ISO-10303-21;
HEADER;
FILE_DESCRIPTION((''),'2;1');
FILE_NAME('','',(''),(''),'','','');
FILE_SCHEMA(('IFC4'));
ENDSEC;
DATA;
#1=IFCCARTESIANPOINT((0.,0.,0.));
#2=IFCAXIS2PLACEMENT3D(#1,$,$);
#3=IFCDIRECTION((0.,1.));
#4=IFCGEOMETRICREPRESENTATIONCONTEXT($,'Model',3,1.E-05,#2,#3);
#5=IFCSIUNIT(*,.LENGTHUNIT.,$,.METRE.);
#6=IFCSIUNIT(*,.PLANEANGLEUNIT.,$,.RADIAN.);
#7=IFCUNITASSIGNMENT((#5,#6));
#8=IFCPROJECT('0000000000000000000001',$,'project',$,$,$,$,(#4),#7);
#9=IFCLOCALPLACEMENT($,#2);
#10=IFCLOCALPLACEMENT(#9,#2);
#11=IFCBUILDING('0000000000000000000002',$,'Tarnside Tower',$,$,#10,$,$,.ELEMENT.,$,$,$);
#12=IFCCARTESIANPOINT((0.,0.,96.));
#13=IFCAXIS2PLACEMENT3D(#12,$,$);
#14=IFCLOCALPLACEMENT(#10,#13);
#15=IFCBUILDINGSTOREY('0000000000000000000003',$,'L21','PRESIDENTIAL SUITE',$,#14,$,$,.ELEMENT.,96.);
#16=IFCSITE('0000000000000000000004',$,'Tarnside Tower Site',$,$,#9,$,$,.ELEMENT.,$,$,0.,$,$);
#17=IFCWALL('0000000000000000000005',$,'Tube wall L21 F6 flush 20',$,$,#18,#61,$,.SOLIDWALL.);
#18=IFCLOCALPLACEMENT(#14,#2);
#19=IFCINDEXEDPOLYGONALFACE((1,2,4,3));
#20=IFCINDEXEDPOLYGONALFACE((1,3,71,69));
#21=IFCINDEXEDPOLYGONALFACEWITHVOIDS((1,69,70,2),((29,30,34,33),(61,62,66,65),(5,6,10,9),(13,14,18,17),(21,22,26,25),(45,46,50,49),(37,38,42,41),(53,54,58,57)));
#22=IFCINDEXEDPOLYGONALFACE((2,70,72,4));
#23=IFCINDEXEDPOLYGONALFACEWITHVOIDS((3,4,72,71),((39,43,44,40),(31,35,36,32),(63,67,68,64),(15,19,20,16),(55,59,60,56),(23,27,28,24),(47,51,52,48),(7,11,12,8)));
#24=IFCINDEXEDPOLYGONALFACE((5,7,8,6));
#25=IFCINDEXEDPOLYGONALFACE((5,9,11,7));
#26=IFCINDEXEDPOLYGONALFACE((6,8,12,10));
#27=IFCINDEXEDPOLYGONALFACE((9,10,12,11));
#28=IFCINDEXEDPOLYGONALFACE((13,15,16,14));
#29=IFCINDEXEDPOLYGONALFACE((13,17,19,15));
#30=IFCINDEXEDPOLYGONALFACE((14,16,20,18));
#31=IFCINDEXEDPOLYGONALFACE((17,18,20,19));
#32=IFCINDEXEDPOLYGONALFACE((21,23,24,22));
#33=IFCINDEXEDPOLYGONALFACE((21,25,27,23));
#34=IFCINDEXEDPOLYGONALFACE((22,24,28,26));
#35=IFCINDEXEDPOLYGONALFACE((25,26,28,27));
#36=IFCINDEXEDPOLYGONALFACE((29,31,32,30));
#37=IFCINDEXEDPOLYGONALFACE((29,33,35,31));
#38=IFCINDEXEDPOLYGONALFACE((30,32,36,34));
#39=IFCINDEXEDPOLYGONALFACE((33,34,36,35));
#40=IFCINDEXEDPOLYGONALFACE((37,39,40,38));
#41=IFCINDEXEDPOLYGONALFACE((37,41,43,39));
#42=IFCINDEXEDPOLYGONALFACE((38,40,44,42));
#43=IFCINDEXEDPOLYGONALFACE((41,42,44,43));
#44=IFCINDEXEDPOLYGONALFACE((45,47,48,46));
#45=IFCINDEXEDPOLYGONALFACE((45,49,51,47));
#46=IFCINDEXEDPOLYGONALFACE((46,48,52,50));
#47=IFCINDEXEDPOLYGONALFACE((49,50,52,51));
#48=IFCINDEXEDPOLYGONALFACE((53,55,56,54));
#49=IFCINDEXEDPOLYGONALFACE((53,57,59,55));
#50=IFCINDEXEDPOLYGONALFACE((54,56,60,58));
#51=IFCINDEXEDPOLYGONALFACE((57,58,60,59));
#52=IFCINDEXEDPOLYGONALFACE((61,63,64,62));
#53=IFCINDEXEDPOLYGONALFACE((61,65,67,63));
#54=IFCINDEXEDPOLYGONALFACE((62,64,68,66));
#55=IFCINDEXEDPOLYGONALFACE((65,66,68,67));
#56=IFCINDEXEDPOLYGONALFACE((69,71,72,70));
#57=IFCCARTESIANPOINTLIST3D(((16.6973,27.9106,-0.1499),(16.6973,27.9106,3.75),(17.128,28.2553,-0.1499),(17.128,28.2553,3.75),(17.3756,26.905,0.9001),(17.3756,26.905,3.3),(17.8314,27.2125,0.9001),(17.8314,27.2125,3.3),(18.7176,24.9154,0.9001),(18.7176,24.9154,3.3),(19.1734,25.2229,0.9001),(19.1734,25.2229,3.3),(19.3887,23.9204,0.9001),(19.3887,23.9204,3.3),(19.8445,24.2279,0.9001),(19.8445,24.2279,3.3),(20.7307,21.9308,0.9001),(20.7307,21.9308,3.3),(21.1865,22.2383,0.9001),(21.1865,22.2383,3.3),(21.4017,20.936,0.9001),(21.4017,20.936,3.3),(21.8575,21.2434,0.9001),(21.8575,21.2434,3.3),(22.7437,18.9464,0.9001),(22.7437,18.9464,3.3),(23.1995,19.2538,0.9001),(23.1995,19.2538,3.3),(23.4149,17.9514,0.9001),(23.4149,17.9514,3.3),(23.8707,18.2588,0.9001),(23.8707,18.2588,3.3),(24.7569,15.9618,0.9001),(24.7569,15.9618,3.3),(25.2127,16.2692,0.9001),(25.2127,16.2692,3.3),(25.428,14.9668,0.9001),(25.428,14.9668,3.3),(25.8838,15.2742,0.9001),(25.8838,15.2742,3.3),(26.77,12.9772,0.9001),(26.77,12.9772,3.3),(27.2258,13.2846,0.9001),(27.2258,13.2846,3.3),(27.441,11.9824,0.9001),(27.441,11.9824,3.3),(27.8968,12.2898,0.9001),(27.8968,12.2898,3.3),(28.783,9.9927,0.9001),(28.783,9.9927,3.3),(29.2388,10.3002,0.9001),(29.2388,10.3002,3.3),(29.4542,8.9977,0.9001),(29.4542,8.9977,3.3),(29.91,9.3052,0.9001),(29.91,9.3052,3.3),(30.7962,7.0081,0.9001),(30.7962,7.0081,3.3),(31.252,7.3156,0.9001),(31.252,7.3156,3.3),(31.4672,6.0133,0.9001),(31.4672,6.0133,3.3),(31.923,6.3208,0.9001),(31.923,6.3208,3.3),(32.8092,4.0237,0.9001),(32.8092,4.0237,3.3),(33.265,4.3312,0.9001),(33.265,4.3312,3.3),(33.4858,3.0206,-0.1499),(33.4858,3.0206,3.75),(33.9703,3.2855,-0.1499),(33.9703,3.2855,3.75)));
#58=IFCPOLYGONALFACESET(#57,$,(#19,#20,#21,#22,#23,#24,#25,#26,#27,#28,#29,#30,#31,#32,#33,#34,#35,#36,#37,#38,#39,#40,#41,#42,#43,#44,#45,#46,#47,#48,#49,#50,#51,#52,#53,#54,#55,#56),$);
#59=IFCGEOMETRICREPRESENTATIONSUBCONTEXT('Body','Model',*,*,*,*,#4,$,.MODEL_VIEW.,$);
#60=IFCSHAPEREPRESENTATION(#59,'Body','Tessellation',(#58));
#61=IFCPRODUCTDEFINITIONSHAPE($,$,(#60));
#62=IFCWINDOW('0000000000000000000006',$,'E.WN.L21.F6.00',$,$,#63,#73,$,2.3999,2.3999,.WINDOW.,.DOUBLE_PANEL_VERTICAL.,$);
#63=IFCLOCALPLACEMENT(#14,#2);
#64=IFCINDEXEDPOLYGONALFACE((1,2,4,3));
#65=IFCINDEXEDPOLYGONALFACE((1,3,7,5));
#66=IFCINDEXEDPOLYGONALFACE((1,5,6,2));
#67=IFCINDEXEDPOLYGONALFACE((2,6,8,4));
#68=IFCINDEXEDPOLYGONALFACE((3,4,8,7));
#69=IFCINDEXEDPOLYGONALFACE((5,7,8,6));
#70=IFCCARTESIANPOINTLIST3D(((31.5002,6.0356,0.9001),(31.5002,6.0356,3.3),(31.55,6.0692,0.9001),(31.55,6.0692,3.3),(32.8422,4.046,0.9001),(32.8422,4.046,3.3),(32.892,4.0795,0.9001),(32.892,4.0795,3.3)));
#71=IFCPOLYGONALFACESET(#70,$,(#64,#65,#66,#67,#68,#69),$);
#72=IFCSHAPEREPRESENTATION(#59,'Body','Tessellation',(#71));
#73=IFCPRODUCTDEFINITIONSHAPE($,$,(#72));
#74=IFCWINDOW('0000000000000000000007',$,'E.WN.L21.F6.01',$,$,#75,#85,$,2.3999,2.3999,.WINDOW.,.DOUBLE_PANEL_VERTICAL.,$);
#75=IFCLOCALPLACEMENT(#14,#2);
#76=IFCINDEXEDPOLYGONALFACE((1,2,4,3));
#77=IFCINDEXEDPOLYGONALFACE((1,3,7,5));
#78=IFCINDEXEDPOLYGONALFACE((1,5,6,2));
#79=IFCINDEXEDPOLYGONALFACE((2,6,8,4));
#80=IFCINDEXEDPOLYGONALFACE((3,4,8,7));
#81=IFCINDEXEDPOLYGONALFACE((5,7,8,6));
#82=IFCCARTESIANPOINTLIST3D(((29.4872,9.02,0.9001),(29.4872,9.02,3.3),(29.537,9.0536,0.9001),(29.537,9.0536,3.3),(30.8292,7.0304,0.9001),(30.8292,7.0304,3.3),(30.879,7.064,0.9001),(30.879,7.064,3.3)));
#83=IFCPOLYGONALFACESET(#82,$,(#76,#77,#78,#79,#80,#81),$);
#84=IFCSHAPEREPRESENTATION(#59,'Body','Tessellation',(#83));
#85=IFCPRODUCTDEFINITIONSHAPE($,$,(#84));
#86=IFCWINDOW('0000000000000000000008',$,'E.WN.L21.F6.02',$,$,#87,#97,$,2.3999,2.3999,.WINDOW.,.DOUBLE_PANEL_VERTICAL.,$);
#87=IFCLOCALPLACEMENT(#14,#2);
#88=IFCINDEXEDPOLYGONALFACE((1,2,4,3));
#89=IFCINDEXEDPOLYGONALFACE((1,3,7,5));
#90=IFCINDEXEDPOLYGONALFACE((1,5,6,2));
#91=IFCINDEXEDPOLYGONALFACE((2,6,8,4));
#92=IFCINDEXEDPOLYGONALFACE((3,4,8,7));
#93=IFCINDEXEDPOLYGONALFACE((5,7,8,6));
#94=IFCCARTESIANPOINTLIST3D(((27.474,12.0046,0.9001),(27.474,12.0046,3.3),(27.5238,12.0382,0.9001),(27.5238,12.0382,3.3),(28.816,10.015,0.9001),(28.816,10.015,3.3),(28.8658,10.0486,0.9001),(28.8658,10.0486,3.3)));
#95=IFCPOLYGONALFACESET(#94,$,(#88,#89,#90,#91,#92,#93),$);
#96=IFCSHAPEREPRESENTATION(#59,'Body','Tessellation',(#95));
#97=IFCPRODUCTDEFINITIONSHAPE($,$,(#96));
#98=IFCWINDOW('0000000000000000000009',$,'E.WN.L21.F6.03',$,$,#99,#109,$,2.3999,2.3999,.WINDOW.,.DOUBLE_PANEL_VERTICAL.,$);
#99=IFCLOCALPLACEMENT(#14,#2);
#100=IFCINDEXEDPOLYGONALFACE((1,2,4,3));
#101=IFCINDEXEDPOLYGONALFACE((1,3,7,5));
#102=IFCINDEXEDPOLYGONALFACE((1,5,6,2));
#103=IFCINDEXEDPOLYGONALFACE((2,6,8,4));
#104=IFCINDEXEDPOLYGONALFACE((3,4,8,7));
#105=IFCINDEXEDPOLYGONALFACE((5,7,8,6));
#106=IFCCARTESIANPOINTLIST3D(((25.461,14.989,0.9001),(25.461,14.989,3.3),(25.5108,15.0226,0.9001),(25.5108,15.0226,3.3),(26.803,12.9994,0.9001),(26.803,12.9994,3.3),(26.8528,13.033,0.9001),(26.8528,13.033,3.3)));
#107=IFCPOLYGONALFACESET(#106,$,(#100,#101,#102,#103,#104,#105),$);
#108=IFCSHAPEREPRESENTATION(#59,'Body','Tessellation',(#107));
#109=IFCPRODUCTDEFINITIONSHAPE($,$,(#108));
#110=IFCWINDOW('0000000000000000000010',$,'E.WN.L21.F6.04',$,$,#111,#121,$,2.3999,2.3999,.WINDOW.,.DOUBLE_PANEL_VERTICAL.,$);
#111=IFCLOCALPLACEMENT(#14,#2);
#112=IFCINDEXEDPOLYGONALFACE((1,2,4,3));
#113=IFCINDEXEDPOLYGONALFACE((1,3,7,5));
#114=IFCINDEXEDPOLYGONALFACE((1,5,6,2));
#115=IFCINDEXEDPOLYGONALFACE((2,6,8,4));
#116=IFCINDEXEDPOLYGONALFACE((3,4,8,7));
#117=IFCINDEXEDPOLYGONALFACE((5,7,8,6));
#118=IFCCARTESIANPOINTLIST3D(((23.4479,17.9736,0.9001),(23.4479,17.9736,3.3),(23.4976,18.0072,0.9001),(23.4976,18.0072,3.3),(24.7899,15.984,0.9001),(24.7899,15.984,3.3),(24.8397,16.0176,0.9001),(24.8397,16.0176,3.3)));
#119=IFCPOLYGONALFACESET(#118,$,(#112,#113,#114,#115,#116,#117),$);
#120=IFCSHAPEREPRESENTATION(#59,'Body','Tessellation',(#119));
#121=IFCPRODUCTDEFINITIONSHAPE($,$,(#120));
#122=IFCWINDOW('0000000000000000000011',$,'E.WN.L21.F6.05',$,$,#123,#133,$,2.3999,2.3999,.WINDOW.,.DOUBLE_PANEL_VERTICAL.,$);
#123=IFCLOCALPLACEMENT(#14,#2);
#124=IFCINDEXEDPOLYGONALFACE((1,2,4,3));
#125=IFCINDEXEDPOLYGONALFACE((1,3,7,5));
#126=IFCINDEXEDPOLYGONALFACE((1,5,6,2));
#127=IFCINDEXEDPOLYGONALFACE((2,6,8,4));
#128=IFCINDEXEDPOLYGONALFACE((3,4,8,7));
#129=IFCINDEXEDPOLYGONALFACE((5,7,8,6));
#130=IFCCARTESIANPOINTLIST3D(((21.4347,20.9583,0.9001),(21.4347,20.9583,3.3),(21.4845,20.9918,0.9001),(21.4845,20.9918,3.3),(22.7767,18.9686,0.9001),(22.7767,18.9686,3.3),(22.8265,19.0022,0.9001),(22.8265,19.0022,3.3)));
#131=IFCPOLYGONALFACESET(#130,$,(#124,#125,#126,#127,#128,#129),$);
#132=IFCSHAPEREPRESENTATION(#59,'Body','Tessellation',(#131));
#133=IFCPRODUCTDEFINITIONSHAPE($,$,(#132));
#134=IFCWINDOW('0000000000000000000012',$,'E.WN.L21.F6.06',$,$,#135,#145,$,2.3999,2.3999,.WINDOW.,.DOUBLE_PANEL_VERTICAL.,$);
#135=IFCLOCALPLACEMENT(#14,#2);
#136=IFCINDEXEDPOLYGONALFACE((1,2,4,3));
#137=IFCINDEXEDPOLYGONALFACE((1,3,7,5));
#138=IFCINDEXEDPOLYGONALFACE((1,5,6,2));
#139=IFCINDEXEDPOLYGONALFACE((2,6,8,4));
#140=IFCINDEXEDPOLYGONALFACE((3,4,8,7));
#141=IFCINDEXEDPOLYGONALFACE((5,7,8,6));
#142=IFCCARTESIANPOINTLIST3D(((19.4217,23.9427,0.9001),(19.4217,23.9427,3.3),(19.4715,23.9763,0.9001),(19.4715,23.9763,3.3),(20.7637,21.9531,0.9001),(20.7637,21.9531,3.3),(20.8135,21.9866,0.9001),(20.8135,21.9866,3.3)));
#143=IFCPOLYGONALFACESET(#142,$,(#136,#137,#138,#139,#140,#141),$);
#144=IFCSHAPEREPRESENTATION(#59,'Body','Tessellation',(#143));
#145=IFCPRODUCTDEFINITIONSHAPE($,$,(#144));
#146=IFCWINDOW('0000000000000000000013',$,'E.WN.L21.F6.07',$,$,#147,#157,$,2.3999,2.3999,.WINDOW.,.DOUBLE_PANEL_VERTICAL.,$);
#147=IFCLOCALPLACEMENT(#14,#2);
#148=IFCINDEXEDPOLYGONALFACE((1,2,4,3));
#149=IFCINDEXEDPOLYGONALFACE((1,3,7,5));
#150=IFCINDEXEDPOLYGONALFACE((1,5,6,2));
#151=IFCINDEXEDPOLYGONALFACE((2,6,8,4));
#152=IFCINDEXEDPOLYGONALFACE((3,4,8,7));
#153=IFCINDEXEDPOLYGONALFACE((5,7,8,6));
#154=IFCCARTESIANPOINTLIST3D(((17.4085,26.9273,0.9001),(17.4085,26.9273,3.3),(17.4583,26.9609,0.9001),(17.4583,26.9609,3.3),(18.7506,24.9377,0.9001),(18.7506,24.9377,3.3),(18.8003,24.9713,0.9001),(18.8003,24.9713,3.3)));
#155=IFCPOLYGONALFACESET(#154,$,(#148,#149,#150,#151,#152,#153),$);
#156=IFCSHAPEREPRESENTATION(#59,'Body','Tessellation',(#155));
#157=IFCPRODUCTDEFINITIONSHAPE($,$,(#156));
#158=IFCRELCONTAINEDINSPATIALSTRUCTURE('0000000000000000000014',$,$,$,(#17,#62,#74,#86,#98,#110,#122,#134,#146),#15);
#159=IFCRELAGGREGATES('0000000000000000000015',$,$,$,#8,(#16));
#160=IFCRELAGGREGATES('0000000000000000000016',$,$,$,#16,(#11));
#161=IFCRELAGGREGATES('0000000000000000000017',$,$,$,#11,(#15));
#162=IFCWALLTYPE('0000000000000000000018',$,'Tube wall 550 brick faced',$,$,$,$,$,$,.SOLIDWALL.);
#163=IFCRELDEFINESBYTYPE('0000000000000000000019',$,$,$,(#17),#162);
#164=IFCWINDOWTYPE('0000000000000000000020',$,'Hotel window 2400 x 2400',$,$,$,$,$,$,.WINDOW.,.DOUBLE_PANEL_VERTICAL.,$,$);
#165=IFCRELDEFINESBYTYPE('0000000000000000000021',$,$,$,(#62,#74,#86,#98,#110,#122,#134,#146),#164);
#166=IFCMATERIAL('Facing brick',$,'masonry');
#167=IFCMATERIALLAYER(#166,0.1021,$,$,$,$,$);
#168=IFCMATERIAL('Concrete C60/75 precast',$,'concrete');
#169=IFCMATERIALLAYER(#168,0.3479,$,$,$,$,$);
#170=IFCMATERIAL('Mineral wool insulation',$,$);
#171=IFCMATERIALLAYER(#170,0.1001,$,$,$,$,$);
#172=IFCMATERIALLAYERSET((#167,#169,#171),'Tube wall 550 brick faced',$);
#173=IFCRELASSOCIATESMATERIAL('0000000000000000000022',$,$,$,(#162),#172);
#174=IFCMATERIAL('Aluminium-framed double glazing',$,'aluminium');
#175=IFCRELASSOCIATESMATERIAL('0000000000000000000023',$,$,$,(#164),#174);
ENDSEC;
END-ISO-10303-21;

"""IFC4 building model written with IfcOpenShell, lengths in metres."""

from ifc_helpers import new_model, si_unit, direction, frame, frame_2d, origin, place, context, subcontext, project, spatial, polyline, rectangle, outline, extrude, material, layer, layer_set, type_object, element, fill, save


model = new_model("IFC4")

# Units and contexts
model_context = context("Model", 3, precision=1e-05, world=origin(), true_north=direction((0.0, 1.0)))
body_context = subcontext(model_context, "Body", "Model", "MODEL_VIEW")
ifc_project = project(units=[si_unit("LENGTHUNIT", "METRE"), si_unit("PLANEANGLEUNIT", "RADIAN")], contexts=[model_context])

# Site, building, storey
site_placement = place(None, origin())
site = spatial("IfcSite", under=ifc_project, at=site_placement, Name="Tarnside Tower Site", CompositionType="ELEMENT", RefElevation=0.0)
building_placement = place(site_placement, origin())
building = spatial("IfcBuilding", under=site, at=building_placement, Name="Tarnside Tower", CompositionType="ELEMENT")
storey_placement = place(building_placement, frame((0.0, 0.0, 96.0)))
storey = spatial("IfcBuildingStorey", under=building, at=storey_placement, Name="L21", Description="PRESIDENTIAL SUITE", CompositionType="ELEMENT", Elevation=96.0)

# Shared definitions
ifc_material_1 = material(Name="Facing brick", Category="masonry")
ifc_layer_1 = layer(ifc_material_1, 0.1021)
ifc_material_2 = material(Name="Concrete C60/75 precast", Category="concrete")
ifc_layer_2 = layer(ifc_material_2, 0.3479)
ifc_material_3 = material(Name="Mineral wool insulation")
ifc_layer_3 = layer(ifc_material_3, 0.1001)
ifc_layer_set_1 = layer_set([ifc_layer_1, ifc_layer_2, ifc_layer_3], Name="Tube wall 550 brick faced")
wall_type_1 = type_object("IfcWallType", Name="Tube wall 550 brick faced", PredefinedType="SOLIDWALL", material=ifc_layer_set_1)

# Wall, openings, windows
wall_1_placement = place(storey_placement, frame((33.728, 3.1531, -0.1499), z_axis=(0.0, 0.0, 1.0), x_axis=(-0.559192, 0.829038, 0.0)))
wall_1 = element("IfcWall", 1, at=wall_1_placement, inside=storey, type_object=wall_type_1, Name="Tube wall L21 F6 flush 20", PredefinedType="SOLIDWALL", context=body_context, shape_type="SweptSolid", body=[
    extrude(outline(polyline([(-0.0256, -0.2749), (30.0933, -0.2749), (30.0483, 0.2749), (0.0256, 0.2749), (-0.0256, -0.2749)])), origin(), (0.0, 0.0, 1.0), 3.8999),
])
opening_1_placement = place(wall_1_placement, frame((1.2356, 0.0, 1.05)))
opening_1 = element("IfcOpeningElement", 2, at=opening_1_placement, cuts=wall_1, PredefinedType="OPENING", context=body_context, shape_type="SweptSolid", body=[
    extrude(rectangle(XDim=2.3999, YDim=2.3999, at=frame_2d((1.2, 1.2))), frame((0.0, 0.2852, 0.0), z_axis=(0.0, -1.0, 0.0), x_axis=(1.0, 0.0, 0.0)), (0.0, 0.0, 1.0), 0.5701),
])
opening_2_placement = place(wall_1_placement, frame((4.8354, 0.0, 1.05)))
opening_2 = element("IfcOpeningElement", 3, at=opening_2_placement, cuts=wall_1, PredefinedType="OPENING", context=body_context, shape_type="SweptSolid", body=[
    extrude(rectangle(XDim=2.3999, YDim=2.3999, at=frame_2d((1.2, 1.2))), frame((0.0, 0.2852, 0.0), z_axis=(0.0, -1.0, 0.0), x_axis=(1.0, 0.0, 0.0)), (0.0, 0.0, 1.0), 0.5701),
])
opening_3_placement = place(wall_1_placement, frame((8.4355, 0.0, 1.05)))
opening_3 = element("IfcOpeningElement", 4, at=opening_3_placement, cuts=wall_1, PredefinedType="OPENING", context=body_context, shape_type="SweptSolid", body=[
    extrude(rectangle(XDim=2.3999, YDim=2.3999, at=frame_2d((1.2, 1.2))), frame((0.0, 0.2852, 0.0), z_axis=(0.0, -1.0, 0.0), x_axis=(1.0, 0.0, 0.0)), (0.0, 0.0, 1.0), 0.5701),
])
opening_4_placement = place(wall_1_placement, frame((12.0354, 0.0, 1.05)))
opening_4 = element("IfcOpeningElement", 5, at=opening_4_placement, cuts=wall_1, PredefinedType="OPENING", context=body_context, shape_type="SweptSolid", body=[
    extrude(rectangle(XDim=2.3999, YDim=2.3999, at=frame_2d((1.2, 1.2))), frame((0.0, 0.2852, 0.0), z_axis=(0.0, -1.0, 0.0), x_axis=(1.0, 0.0, 0.0)), (0.0, 0.0, 1.0), 0.5701),
])
opening_5_placement = place(wall_1_placement, frame((15.6355, 0.0, 1.05)))
opening_5 = element("IfcOpeningElement", 6, at=opening_5_placement, cuts=wall_1, PredefinedType="OPENING", context=body_context, shape_type="SweptSolid", body=[
    extrude(rectangle(XDim=2.3999, YDim=2.3999, at=frame_2d((1.2, 1.2))), frame((0.0, 0.2852, 0.0), z_axis=(0.0, -1.0, 0.0), x_axis=(1.0, 0.0, 0.0)), (0.0, 0.0, 1.0), 0.5701),
])
opening_6_placement = place(wall_1_placement, frame((19.2356, 0.0, 1.05)))
opening_6 = element("IfcOpeningElement", 7, at=opening_6_placement, cuts=wall_1, PredefinedType="OPENING", context=body_context, shape_type="SweptSolid", body=[
    extrude(rectangle(XDim=2.3999, YDim=2.3999, at=frame_2d((1.2, 1.2))), frame((0.0, 0.2852, 0.0), z_axis=(0.0, -1.0, 0.0), x_axis=(1.0, 0.0, 0.0)), (0.0, 0.0, 1.0), 0.5701),
])
opening_7_placement = place(wall_1_placement, frame((22.8354, 0.0, 1.05)))
opening_7 = element("IfcOpeningElement", 8, at=opening_7_placement, cuts=wall_1, PredefinedType="OPENING", context=body_context, shape_type="SweptSolid", body=[
    extrude(rectangle(XDim=2.3999, YDim=2.3999, at=frame_2d((1.2, 1.2))), frame((0.0, 0.2852, 0.0), z_axis=(0.0, -1.0, 0.0), x_axis=(1.0, 0.0, 0.0)), (0.0, 0.0, 1.0), 0.5701),
])
opening_8_placement = place(wall_1_placement, frame((26.4355, 0.0, 1.05)))
opening_8 = element("IfcOpeningElement", 9, at=opening_8_placement, cuts=wall_1, PredefinedType="OPENING", context=body_context, shape_type="SweptSolid", body=[
    extrude(rectangle(XDim=2.3999, YDim=2.3999, at=frame_2d((1.2, 1.2))), frame((0.0, 0.2852, 0.0), z_axis=(0.0, -1.0, 0.0), x_axis=(1.0, 0.0, 0.0)), (0.0, 0.0, 1.0), 0.5701),
])
ifc_material_4 = material(Name="Aluminium-framed double glazing", Category="aluminium")
window_type = type_object("IfcWindowType", Name="Hotel window 2400 x 2400", PartitioningType="DOUBLE_PANEL_VERTICAL", PredefinedType="WINDOW", material=ifc_material_4)
window_1_placement = place(opening_1_placement, frame((0.0, 0.2051, 0.0)))
window_1 = element("IfcWindow", 10, at=window_1_placement, inside=storey, type_object=window_type, Name="E.WN.L21.F6.00", OverallHeight=2.3999, OverallWidth=2.3999, PartitioningType="DOUBLE_PANEL_VERTICAL", PredefinedType="WINDOW", context=body_context, shape_type="SweptSolid", body=[
    extrude(rectangle(XDim=2.3999, YDim=2.3999, at=frame_2d((1.2, 1.2))), frame((0.0, 0.03, 0.0), z_axis=(0.0, -1.0, 0.0), x_axis=(1.0, 0.0, 0.0)), (0.0, 0.0, 1.0), 0.0601),
])
fill(opening_1, window_1)
window_2_placement = place(opening_2_placement, frame((0.0, 0.2051, 0.0)))
window_2 = element("IfcWindow", 11, at=window_2_placement, inside=storey, type_object=window_type, Name="E.WN.L21.F6.01", OverallHeight=2.3999, OverallWidth=2.3999, PartitioningType="DOUBLE_PANEL_VERTICAL", PredefinedType="WINDOW", context=body_context, shape_type="SweptSolid", body=[
    extrude(rectangle(XDim=2.3999, YDim=2.3999, at=frame_2d((1.2, 1.2))), frame((0.0, 0.03, 0.0), z_axis=(0.0, -1.0, 0.0), x_axis=(1.0, 0.0, 0.0)), (0.0, 0.0, 1.0), 0.0601),
])
fill(opening_2, window_2)
window_3_placement = place(opening_3_placement, frame((0.0, 0.2051, 0.0)))
window_3 = element("IfcWindow", 12, at=window_3_placement, inside=storey, type_object=window_type, Name="E.WN.L21.F6.02", OverallHeight=2.3999, OverallWidth=2.3999, PartitioningType="DOUBLE_PANEL_VERTICAL", PredefinedType="WINDOW", context=body_context, shape_type="SweptSolid", body=[
    extrude(rectangle(XDim=2.3999, YDim=2.3999, at=frame_2d((1.2, 1.2))), frame((0.0, 0.03, 0.0), z_axis=(0.0, -1.0, 0.0), x_axis=(1.0, 0.0, 0.0)), (0.0, 0.0, 1.0), 0.0601),
])
fill(opening_3, window_3)
window_4_placement = place(opening_4_placement, frame((0.0, 0.2051, 0.0)))
window_4 = element("IfcWindow", 13, at=window_4_placement, inside=storey, type_object=window_type, Name="E.WN.L21.F6.03", OverallHeight=2.3999, OverallWidth=2.3999, PartitioningType="DOUBLE_PANEL_VERTICAL", PredefinedType="WINDOW", context=body_context, shape_type="SweptSolid", body=[
    extrude(rectangle(XDim=2.3999, YDim=2.3999, at=frame_2d((1.2, 1.2))), frame((0.0, 0.03, 0.0), z_axis=(0.0, -1.0, 0.0), x_axis=(1.0, 0.0, 0.0)), (0.0, 0.0, 1.0), 0.0601),
])
fill(opening_4, window_4)
window_5_placement = place(opening_5_placement, frame((0.0, 0.2051, 0.0)))
window_5 = element("IfcWindow", 14, at=window_5_placement, inside=storey, type_object=window_type, Name="E.WN.L21.F6.04", OverallHeight=2.3999, OverallWidth=2.3999, PartitioningType="DOUBLE_PANEL_VERTICAL", PredefinedType="WINDOW", context=body_context, shape_type="SweptSolid", body=[
    extrude(rectangle(XDim=2.3999, YDim=2.3999, at=frame_2d((1.2, 1.2))), frame((0.0, 0.03, 0.0), z_axis=(0.0, -1.0, 0.0), x_axis=(1.0, 0.0, 0.0)), (0.0, 0.0, 1.0), 0.0601),
])
fill(opening_5, window_5)
window_6_placement = place(opening_6_placement, frame((0.0, 0.2051, 0.0)))
window_6 = element("IfcWindow", 15, at=window_6_placement, inside=storey, type_object=window_type, Name="E.WN.L21.F6.05", OverallHeight=2.3999, OverallWidth=2.3999, PartitioningType="DOUBLE_PANEL_VERTICAL", PredefinedType="WINDOW", context=body_context, shape_type="SweptSolid", body=[
    extrude(rectangle(XDim=2.3999, YDim=2.3999, at=frame_2d((1.2, 1.2))), frame((0.0, 0.03, 0.0), z_axis=(0.0, -1.0, 0.0), x_axis=(1.0, 0.0, 0.0)), (0.0, 0.0, 1.0), 0.0601),
])
fill(opening_6, window_6)
window_7_placement = place(opening_7_placement, frame((0.0, 0.2051, 0.0)))
window_7 = element("IfcWindow", 16, at=window_7_placement, inside=storey, type_object=window_type, Name="E.WN.L21.F6.06", OverallHeight=2.3999, OverallWidth=2.3999, PartitioningType="DOUBLE_PANEL_VERTICAL", PredefinedType="WINDOW", context=body_context, shape_type="SweptSolid", body=[
    extrude(rectangle(XDim=2.3999, YDim=2.3999, at=frame_2d((1.2, 1.2))), frame((0.0, 0.03, 0.0), z_axis=(0.0, -1.0, 0.0), x_axis=(1.0, 0.0, 0.0)), (0.0, 0.0, 1.0), 0.0601),
])
fill(opening_7, window_7)
window_8_placement = place(opening_8_placement, frame((0.0, 0.2051, 0.0)))
window_8 = element("IfcWindow", 17, at=window_8_placement, inside=storey, type_object=window_type, Name="E.WN.L21.F6.07", OverallHeight=2.3999, OverallWidth=2.3999, PartitioningType="DOUBLE_PANEL_VERTICAL", PredefinedType="WINDOW", context=body_context, shape_type="SweptSolid", body=[
    extrude(rectangle(XDim=2.3999, YDim=2.3999, at=frame_2d((1.2, 1.2))), frame((0.0, 0.03, 0.0), z_axis=(0.0, -1.0, 0.0), x_axis=(1.0, 0.0, 0.0)), (0.0, 0.0, 1.0), 0.0601),
])
fill(opening_8, window_8)

save(model, "model.ifc")
